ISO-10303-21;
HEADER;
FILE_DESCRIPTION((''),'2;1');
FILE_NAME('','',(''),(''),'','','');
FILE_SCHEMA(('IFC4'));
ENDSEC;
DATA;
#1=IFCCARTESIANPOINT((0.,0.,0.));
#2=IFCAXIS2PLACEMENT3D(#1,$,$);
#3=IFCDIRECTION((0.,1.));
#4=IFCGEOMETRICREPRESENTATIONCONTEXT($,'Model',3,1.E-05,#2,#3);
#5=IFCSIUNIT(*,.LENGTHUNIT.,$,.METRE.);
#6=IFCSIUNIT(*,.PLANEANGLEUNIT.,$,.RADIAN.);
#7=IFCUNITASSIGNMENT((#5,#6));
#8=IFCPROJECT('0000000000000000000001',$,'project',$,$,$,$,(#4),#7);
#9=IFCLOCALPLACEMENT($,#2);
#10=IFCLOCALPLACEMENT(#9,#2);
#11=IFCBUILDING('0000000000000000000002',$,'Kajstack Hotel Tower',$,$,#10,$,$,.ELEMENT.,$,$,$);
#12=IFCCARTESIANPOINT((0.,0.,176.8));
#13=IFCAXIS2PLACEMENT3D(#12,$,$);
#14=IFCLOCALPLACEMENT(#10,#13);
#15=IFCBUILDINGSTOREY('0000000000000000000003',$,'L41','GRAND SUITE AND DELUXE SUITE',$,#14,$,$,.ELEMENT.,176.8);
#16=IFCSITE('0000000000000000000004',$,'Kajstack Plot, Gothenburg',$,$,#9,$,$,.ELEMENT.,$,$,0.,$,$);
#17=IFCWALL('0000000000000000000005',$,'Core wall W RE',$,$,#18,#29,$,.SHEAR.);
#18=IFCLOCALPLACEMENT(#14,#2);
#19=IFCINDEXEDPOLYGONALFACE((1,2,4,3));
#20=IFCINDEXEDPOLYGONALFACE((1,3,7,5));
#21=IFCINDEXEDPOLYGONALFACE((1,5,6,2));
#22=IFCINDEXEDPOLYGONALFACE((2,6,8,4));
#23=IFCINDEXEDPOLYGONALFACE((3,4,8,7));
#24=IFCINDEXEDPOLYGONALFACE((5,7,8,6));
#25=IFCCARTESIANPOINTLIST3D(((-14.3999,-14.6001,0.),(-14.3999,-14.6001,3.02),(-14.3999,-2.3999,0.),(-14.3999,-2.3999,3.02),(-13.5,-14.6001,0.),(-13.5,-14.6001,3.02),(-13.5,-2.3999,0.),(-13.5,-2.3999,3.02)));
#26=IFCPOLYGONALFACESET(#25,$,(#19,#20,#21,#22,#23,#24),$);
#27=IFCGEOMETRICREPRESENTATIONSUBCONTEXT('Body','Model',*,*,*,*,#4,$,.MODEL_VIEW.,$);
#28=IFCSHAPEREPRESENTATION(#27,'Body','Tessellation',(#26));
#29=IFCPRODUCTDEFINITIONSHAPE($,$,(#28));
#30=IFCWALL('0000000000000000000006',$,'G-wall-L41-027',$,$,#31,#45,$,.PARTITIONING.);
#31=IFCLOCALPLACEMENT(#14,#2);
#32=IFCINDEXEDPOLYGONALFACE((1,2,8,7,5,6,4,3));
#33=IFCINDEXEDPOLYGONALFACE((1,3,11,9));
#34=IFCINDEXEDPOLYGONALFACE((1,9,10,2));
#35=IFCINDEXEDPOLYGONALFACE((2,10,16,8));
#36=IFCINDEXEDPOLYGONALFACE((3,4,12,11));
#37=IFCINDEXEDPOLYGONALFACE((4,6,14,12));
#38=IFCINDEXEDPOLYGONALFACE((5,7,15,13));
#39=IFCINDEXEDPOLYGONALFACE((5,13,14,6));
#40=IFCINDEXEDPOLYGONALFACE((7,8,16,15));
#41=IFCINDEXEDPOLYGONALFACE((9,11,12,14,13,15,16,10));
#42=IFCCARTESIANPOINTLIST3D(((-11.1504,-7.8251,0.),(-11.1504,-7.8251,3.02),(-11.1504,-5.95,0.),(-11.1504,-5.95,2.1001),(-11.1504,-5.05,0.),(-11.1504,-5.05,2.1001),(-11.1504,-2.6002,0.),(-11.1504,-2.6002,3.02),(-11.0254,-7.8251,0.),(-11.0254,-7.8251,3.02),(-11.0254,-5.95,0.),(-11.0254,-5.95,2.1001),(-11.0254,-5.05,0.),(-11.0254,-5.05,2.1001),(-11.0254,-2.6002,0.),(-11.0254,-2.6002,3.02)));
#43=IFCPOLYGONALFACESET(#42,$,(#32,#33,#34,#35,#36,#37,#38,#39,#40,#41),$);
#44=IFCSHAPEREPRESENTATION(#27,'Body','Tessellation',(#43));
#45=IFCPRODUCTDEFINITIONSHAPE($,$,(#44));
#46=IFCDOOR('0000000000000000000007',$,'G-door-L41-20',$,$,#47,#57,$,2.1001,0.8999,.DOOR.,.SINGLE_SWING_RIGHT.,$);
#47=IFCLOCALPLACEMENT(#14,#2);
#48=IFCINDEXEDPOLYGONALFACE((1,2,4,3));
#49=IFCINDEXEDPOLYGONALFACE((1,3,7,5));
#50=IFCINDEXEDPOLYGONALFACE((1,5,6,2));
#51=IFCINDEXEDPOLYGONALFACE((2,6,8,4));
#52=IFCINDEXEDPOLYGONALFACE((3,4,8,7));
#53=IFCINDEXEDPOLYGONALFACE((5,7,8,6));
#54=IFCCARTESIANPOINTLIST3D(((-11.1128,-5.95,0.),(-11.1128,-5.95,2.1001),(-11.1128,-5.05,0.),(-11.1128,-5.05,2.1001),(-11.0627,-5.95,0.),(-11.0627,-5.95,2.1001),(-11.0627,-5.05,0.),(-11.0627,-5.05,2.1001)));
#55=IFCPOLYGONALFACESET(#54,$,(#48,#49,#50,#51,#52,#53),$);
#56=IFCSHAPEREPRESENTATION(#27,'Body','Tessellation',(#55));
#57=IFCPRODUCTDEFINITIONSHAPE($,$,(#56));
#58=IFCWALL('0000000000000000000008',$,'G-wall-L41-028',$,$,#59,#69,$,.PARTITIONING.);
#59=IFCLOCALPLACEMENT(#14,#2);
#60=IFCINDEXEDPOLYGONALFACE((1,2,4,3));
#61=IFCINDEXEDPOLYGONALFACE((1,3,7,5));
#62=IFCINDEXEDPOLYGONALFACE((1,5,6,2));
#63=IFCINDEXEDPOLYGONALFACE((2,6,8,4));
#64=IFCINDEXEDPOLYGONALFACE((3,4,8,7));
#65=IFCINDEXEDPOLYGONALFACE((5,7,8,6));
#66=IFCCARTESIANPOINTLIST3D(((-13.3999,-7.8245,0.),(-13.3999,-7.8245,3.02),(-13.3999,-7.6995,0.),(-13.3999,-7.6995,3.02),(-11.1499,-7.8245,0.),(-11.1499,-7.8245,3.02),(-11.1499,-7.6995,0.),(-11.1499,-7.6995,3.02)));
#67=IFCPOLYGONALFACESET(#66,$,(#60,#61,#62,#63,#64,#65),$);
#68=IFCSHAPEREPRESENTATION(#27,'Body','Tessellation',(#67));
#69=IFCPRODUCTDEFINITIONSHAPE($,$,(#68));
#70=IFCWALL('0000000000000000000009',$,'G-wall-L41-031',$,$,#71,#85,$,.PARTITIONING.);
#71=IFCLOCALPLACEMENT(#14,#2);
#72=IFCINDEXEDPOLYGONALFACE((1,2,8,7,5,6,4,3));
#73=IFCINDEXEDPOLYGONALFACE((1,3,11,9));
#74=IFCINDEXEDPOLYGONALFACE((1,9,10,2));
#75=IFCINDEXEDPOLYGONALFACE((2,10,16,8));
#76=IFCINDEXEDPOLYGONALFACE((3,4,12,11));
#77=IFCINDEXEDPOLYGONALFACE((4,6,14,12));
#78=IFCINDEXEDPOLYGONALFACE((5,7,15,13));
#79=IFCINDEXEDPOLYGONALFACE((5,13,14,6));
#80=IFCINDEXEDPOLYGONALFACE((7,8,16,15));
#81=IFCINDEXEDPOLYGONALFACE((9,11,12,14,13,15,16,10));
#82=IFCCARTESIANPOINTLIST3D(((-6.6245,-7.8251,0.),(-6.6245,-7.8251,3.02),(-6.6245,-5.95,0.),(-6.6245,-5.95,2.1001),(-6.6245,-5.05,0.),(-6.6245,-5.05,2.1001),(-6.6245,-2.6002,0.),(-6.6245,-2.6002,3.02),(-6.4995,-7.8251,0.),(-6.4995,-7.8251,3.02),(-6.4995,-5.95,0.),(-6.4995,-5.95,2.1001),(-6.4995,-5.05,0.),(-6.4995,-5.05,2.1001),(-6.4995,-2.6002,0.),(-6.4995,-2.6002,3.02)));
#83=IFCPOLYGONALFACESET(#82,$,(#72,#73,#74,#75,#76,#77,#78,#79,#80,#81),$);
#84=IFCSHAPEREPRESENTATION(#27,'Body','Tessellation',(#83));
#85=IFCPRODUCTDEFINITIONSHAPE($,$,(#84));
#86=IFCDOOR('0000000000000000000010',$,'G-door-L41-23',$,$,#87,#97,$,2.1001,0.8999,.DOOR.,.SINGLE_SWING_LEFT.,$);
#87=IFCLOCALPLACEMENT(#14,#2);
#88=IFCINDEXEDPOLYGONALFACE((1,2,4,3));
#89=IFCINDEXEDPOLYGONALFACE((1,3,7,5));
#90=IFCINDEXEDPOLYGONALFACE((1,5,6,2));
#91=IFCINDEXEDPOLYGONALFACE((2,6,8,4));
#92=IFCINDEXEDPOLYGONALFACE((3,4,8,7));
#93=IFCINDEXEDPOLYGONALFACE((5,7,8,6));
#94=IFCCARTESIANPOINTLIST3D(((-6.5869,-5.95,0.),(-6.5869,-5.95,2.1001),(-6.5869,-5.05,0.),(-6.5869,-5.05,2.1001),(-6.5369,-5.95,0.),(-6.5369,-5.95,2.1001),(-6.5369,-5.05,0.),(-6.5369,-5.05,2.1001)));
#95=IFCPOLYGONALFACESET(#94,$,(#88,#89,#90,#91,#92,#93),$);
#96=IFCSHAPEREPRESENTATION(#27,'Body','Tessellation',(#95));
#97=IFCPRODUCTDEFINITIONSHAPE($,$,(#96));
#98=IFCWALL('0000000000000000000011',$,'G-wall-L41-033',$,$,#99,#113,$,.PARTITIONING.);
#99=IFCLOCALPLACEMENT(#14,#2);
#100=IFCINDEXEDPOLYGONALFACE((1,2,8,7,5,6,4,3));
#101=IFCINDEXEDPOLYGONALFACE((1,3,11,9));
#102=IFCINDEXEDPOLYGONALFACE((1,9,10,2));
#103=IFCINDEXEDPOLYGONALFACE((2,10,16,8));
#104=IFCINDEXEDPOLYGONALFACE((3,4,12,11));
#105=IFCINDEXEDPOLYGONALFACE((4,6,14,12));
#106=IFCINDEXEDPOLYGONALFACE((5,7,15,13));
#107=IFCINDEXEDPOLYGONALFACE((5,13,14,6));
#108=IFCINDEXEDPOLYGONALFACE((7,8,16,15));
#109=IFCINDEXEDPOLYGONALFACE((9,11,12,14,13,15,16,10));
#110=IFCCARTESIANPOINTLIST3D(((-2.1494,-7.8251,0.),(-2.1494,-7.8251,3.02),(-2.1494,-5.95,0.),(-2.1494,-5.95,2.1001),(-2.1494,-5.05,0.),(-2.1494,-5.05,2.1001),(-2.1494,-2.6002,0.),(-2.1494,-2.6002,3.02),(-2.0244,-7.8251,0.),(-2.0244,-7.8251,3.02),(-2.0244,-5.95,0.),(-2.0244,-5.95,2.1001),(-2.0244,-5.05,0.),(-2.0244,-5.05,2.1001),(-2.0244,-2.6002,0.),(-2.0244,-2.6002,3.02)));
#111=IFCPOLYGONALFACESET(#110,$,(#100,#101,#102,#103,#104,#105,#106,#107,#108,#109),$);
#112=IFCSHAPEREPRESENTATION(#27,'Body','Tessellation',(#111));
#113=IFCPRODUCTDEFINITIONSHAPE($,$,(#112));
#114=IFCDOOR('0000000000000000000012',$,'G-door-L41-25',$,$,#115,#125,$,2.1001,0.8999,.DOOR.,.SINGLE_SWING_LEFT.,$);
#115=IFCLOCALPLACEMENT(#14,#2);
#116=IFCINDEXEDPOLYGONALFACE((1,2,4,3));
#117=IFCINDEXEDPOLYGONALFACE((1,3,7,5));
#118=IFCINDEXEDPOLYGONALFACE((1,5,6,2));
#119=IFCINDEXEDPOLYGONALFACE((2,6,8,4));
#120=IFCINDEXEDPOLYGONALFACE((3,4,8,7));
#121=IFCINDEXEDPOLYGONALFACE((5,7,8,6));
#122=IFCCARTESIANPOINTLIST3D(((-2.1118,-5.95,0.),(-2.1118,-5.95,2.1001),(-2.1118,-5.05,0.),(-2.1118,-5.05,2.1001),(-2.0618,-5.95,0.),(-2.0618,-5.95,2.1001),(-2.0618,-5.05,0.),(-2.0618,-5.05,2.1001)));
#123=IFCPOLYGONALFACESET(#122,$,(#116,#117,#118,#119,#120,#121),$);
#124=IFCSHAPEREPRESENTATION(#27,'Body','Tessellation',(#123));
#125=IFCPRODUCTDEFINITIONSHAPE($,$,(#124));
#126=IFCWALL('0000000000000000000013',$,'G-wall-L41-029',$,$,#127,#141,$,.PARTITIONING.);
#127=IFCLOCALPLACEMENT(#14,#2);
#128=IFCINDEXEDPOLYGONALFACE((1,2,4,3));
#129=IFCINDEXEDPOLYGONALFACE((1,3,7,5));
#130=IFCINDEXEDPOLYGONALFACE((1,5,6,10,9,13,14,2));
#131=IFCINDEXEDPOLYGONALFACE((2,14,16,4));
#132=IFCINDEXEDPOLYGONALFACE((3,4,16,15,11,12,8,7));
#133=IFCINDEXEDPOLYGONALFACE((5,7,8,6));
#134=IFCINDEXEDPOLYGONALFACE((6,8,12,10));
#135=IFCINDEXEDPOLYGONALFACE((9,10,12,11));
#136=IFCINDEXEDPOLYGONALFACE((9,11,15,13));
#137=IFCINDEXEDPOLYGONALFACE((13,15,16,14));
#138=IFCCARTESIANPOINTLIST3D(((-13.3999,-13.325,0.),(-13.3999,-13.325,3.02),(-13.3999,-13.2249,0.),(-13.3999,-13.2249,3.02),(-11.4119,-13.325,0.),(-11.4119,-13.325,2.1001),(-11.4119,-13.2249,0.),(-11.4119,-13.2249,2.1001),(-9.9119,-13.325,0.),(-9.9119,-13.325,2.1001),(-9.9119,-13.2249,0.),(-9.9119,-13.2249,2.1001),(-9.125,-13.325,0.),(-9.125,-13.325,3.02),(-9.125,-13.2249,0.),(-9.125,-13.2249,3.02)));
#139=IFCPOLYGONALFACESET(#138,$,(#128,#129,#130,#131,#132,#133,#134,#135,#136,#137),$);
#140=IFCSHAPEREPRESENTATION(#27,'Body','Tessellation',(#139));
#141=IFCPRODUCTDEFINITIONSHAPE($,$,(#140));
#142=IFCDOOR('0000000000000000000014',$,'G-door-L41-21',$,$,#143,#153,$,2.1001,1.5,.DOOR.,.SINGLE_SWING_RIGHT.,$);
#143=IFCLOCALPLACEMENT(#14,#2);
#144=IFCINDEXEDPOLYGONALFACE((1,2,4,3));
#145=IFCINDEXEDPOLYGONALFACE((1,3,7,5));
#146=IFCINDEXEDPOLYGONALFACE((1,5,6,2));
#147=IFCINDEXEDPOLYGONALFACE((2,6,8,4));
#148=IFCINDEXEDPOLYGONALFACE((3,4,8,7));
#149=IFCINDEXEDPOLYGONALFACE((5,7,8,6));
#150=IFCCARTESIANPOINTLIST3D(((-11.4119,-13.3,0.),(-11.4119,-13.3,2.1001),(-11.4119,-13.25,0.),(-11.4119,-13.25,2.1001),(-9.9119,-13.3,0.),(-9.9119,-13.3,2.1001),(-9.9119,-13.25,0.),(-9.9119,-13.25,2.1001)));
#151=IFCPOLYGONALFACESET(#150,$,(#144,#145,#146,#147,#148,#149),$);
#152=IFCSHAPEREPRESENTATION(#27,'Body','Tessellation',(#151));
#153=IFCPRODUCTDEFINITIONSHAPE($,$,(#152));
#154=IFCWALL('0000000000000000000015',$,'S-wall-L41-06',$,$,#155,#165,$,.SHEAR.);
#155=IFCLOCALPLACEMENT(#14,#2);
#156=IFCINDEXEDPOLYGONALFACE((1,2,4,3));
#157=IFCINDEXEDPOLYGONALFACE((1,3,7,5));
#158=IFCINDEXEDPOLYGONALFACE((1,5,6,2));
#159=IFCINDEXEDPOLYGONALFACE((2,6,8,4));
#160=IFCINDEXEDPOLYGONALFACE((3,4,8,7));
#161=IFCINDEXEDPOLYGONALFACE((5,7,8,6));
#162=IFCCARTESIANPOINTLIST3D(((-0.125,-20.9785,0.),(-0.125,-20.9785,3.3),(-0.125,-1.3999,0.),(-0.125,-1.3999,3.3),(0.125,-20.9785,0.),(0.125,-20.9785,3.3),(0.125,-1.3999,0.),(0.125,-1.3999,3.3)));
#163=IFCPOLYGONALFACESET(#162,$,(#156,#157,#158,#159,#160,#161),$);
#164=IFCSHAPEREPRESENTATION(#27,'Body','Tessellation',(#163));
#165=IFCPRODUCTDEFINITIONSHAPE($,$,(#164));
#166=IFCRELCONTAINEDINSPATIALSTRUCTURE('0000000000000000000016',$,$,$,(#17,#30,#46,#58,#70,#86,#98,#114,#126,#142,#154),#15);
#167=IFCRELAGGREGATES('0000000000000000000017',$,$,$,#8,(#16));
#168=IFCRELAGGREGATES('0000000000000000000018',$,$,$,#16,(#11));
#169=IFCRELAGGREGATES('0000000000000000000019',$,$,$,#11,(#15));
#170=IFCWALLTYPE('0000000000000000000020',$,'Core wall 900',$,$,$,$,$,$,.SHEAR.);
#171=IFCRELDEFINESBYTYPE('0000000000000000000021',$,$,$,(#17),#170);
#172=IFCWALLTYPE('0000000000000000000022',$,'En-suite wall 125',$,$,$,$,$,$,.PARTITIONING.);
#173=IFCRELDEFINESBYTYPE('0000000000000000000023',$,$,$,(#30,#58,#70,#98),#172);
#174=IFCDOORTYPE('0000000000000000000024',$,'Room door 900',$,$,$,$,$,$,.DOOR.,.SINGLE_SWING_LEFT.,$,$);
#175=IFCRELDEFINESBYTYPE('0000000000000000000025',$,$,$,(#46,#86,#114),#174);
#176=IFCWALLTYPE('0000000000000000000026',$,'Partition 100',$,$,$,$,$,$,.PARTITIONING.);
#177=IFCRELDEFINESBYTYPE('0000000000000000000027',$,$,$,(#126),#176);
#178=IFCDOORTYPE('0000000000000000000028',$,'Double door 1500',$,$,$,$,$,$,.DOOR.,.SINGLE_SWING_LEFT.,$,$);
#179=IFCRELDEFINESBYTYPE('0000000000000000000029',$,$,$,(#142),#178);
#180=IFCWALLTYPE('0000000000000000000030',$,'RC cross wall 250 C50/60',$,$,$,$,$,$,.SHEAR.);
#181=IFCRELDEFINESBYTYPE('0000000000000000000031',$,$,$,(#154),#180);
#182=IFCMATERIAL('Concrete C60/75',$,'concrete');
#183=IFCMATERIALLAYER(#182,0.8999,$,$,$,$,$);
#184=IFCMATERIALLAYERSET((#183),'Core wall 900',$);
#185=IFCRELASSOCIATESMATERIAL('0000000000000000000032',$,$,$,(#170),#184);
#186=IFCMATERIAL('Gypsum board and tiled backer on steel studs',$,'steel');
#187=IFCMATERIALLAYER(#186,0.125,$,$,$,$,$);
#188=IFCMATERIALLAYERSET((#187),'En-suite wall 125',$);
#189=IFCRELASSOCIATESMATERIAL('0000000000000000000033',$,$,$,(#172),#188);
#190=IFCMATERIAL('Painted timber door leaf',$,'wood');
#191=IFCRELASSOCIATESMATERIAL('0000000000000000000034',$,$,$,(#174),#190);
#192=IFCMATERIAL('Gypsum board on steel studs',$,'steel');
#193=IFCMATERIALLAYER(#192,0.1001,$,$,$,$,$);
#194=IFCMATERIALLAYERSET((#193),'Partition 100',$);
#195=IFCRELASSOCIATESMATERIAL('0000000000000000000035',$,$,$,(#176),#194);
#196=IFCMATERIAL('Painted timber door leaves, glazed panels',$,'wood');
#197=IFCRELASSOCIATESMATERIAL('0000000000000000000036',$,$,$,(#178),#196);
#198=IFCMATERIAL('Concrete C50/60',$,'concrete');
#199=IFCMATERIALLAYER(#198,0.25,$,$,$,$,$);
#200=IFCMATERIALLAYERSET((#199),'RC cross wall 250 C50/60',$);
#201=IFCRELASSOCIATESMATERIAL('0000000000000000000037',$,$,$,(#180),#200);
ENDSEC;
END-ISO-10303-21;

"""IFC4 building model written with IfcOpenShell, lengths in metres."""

from ifc_helpers import new_model, si_unit, direction, frame, frame_2d, origin, place, context, subcontext, project, spatial, rectangle, extrude, material, layer, layer_set, type_object, element, fill, save


model = new_model("IFC4")

# Units and contexts
model_context = context("Model", 3, precision=1e-05, world=origin(), true_north=direction((0.0, 1.0)))
body_context = subcontext(model_context, "Body", "Model", "MODEL_VIEW")
ifc_project = project(units=[si_unit("LENGTHUNIT", "METRE"), si_unit("PLANEANGLEUNIT", "RADIAN")], contexts=[model_context])

# Site, building, storey
site_placement = place(None, origin())
site = spatial("IfcSite", under=ifc_project, at=site_placement, Name="Kajstack Plot, Gothenburg", CompositionType="ELEMENT", RefElevation=0.0)
building_placement = place(site_placement, origin())
building = spatial("IfcBuilding", under=site, at=building_placement, Name="Kajstack Hotel Tower", CompositionType="ELEMENT")
storey_placement = place(building_placement, frame((0.0, 0.0, 176.8)))
storey = spatial("IfcBuildingStorey", under=building, at=storey_placement, Name="L41", Description="GRAND SUITE AND DELUXE SUITE", CompositionType="ELEMENT", Elevation=176.8)

# Wall
ifc_material_1 = material(Name="Concrete C60/75", Category="concrete")
ifc_layer_1 = layer(ifc_material_1, 0.8999)
ifc_layer_set_1 = layer_set([ifc_layer_1], Name="Core wall 900")
wall_type_1 = type_object("IfcWallType", Name="Core wall 900", PredefinedType="SHEAR", material=ifc_layer_set_1)
wall_1_placement = place(storey_placement, frame((-13.95, -14.6001, 0.0), z_axis=(0.0, 0.0, 1.0), x_axis=(0.0, 1.0, 0.0)))
element("IfcWall", 1, at=wall_1_placement, inside=storey, type_object=wall_type_1, Name="Core wall W RE", PredefinedType="SHEAR", context=body_context, shape_type="SweptSolid", body=[
    extrude(rectangle(XDim=12.2002, YDim=0.8999, at=frame_2d((6.1001, 0.0))), origin(), (0.0, 0.0, 1.0), 3.02),
])

# Wall, opening, door
ifc_material_2 = material(Name="Gypsum board and tiled backer on steel studs", Category="steel")
ifc_layer_2 = layer(ifc_material_2, 0.125)
ifc_layer_set_2 = layer_set([ifc_layer_2], Name="En-suite wall 125")
wall_type_2 = type_object("IfcWallType", Name="En-suite wall 125", PredefinedType="PARTITIONING", material=ifc_layer_set_2)
wall_2_placement = place(storey_placement, frame((-11.0879, -7.825, 0.0), z_axis=(0.0, 0.0, 1.0), x_axis=(0.0, 1.0, 0.0)))
wall_2 = element("IfcWall", 2, at=wall_2_placement, inside=storey, type_object=wall_type_2, Name="G-wall-L41-027", PredefinedType="PARTITIONING", context=body_context, shape_type="SweptSolid", body=[
    extrude(rectangle(XDim=5.2249, YDim=0.125, at=frame_2d((2.6123, 0.0))), origin(), (0.0, 0.0, 1.0), 3.02),
])
opening_1_placement = place(wall_2_placement, frame((1.875, 0.0, 0.0)))
opening_1 = element("IfcOpeningElement", 3, at=opening_1_placement, cuts=wall_2, PredefinedType="OPENING", context=body_context, shape_type="SweptSolid", body=[
    extrude(rectangle(XDim=0.8999, YDim=2.1001, at=frame_2d((0.45, 1.05))), frame((0.0, 0.0725, 0.0), z_axis=(0.0, -1.0, 0.0), x_axis=(1.0, 0.0, 0.0)), (0.0, 0.0, 1.0), 0.145),
])
ifc_material_3 = material(Name="Painted timber door leaf", Category="wood")
door_type_1 = type_object("IfcDoorType", Name="Room door 900", OperationType="SINGLE_SWING_LEFT", PredefinedType="DOOR", material=ifc_material_3)
door_1_placement = place(opening_1_placement, origin())
door_1 = element("IfcDoor", 4, at=door_1_placement, inside=storey, type_object=door_type_1, Name="G-door-L41-20", OperationType="SINGLE_SWING_RIGHT", OverallHeight=2.1001, OverallWidth=0.8999, PredefinedType="DOOR", context=body_context, shape_type="SweptSolid", body=[
    extrude(rectangle(XDim=0.8999, YDim=2.1001, at=frame_2d((0.45, 1.05))), frame((0.0, 0.0249, 0.0), z_axis=(0.0, -1.0, 0.0), x_axis=(1.0, 0.0, 0.0)), (0.0, 0.0, 1.0), 0.05),
])
fill(opening_1, door_1)

# Wall
wall_3_placement = place(storey_placement, frame((-13.3999, -7.762, 0.0), z_axis=(0.0, 0.0, 1.0), x_axis=(1.0, 0.0, 0.0)))
element("IfcWall", 5, at=wall_3_placement, inside=storey, type_object=wall_type_2, Name="G-wall-L41-028", PredefinedType="PARTITIONING", context=body_context, shape_type="SweptSolid", body=[
    extrude(rectangle(XDim=2.25, YDim=0.125, at=frame_2d((1.125, 0.0))), origin(), (0.0, 0.0, 1.0), 3.02),
])

# Walls, openings, doors
wall_4_placement = place(storey_placement, frame((-6.562, -7.825, 0.0), z_axis=(0.0, 0.0, 1.0), x_axis=(0.0, 1.0, 0.0)))
wall_4 = element("IfcWall", 6, at=wall_4_placement, inside=storey, type_object=wall_type_2, Name="G-wall-L41-031", PredefinedType="PARTITIONING", context=body_context, shape_type="SweptSolid", body=[
    extrude(rectangle(XDim=5.2249, YDim=0.125, at=frame_2d((2.6123, 0.0))), origin(), (0.0, 0.0, 1.0), 3.02),
])
opening_2_placement = place(wall_4_placement, frame((1.875, 0.0, 0.0)))
opening_2 = element("IfcOpeningElement", 7, at=opening_2_placement, cuts=wall_4, PredefinedType="OPENING", context=body_context, shape_type="SweptSolid", body=[
    extrude(rectangle(XDim=0.8999, YDim=2.1001, at=frame_2d((0.45, 1.05))), frame((0.0, 0.0725, 0.0), z_axis=(0.0, -1.0, 0.0), x_axis=(1.0, 0.0, 0.0)), (0.0, 0.0, 1.0), 0.145),
])
door_2_placement = place(opening_2_placement, origin())
door_2 = element("IfcDoor", 8, at=door_2_placement, inside=storey, type_object=door_type_1, Name="G-door-L41-23", OperationType="SINGLE_SWING_LEFT", OverallHeight=2.1001, OverallWidth=0.8999, PredefinedType="DOOR", context=body_context, shape_type="SweptSolid", body=[
    extrude(rectangle(XDim=0.8999, YDim=2.1001, at=frame_2d((0.45, 1.05))), frame((0.0, 0.0249, 0.0), z_axis=(0.0, -1.0, 0.0), x_axis=(1.0, 0.0, 0.0)), (0.0, 0.0, 1.0), 0.05),
])
fill(opening_2, door_2)
wall_5_placement = place(storey_placement, frame((-2.0869, -7.825, 0.0), z_axis=(0.0, 0.0, 1.0), x_axis=(0.0, 1.0, 0.0)))
wall_5 = element("IfcWall", 9, at=wall_5_placement, inside=storey, type_object=wall_type_2, Name="G-wall-L41-033", PredefinedType="PARTITIONING", context=body_context, shape_type="SweptSolid", body=[
    extrude(rectangle(XDim=5.2249, YDim=0.125, at=frame_2d((2.6123, 0.0))), origin(), (0.0, 0.0, 1.0), 3.02),
])
opening_3_placement = place(wall_5_placement, frame((1.875, 0.0, 0.0)))
opening_3 = element("IfcOpeningElement", 10, at=opening_3_placement, cuts=wall_5, PredefinedType="OPENING", context=body_context, shape_type="SweptSolid", body=[
    extrude(rectangle(XDim=0.8999, YDim=2.1001, at=frame_2d((0.45, 1.05))), frame((0.0, 0.0725, 0.0), z_axis=(0.0, -1.0, 0.0), x_axis=(1.0, 0.0, 0.0)), (0.0, 0.0, 1.0), 0.145),
])
door_3_placement = place(opening_3_placement, origin())
door_3 = element("IfcDoor", 11, at=door_3_placement, inside=storey, type_object=door_type_1, Name="G-door-L41-25", OperationType="SINGLE_SWING_LEFT", OverallHeight=2.1001, OverallWidth=0.8999, PredefinedType="DOOR", context=body_context, shape_type="SweptSolid", body=[
    extrude(rectangle(XDim=0.8999, YDim=2.1001, at=frame_2d((0.45, 1.05))), frame((0.0, 0.0249, 0.0), z_axis=(0.0, -1.0, 0.0), x_axis=(1.0, 0.0, 0.0)), (0.0, 0.0, 1.0), 0.05),
])
fill(opening_3, door_3)
ifc_material_4 = material(Name="Gypsum board on steel studs", Category="steel")
ifc_layer_3 = layer(ifc_material_4, 0.1001)
ifc_layer_set_3 = layer_set([ifc_layer_3], Name="Partition 100")
wall_type_3 = type_object("IfcWallType", Name="Partition 100", PredefinedType="PARTITIONING", material=ifc_layer_set_3)
wall_6_placement = place(storey_placement, frame((-13.3999, -13.2749, 0.0), z_axis=(0.0, 0.0, 1.0), x_axis=(1.0, 0.0, 0.0)))
wall_6 = element("IfcWall", 12, at=wall_6_placement, inside=storey, type_object=wall_type_3, Name="G-wall-L41-029", PredefinedType="PARTITIONING", context=body_context, shape_type="SweptSolid", body=[
    extrude(rectangle(XDim=4.2749, YDim=0.1001, at=frame_2d((2.1375, 0.0))), origin(), (0.0, 0.0, 1.0), 3.02),
])
opening_4_placement = place(wall_6_placement, frame((1.988, 0.0, 0.0)))
opening_4 = element("IfcOpeningElement", 13, at=opening_4_placement, cuts=wall_6, PredefinedType="OPENING", context=body_context, shape_type="SweptSolid", body=[
    extrude(rectangle(XDim=1.5, YDim=2.1001, at=frame_2d((0.75, 1.05))), frame((0.0, 0.0601, 0.0), z_axis=(0.0, -1.0, 0.0), x_axis=(1.0, 0.0, 0.0)), (0.0, 0.0, 1.0), 0.1201),
])
ifc_material_5 = material(Name="Painted timber door leaves, glazed panels", Category="wood")
door_type_2 = type_object("IfcDoorType", Name="Double door 1500", OperationType="SINGLE_SWING_LEFT", PredefinedType="DOOR", material=ifc_material_5)
door_4_placement = place(opening_4_placement, origin())
door_4 = element("IfcDoor", 14, at=door_4_placement, inside=storey, type_object=door_type_2, Name="G-door-L41-21", OperationType="SINGLE_SWING_RIGHT", OverallHeight=2.1001, OverallWidth=1.5, PredefinedType="DOOR", context=body_context, shape_type="SweptSolid", body=[
    extrude(rectangle(XDim=1.5, YDim=2.1001, at=frame_2d((0.75, 1.05))), frame((0.0, 0.0249, 0.0), z_axis=(0.0, -1.0, 0.0), x_axis=(1.0, 0.0, 0.0)), (0.0, 0.0, 1.0), 0.05),
])
fill(opening_4, door_4)

# Wall
ifc_material_6 = material(Name="Concrete C50/60", Category="concrete")
ifc_layer_4 = layer(ifc_material_6, 0.25)
ifc_layer_set_4 = layer_set([ifc_layer_4], Name="RC cross wall 250 C50/60")
wall_type_4 = type_object("IfcWallType", Name="RC cross wall 250 C50/60", PredefinedType="SHEAR", material=ifc_layer_set_4)
wall_7_placement = place(storey_placement, frame((0.0, -20.9785, 0.0), z_axis=(0.0, 0.0, 1.0), x_axis=(0.0, 1.0, 0.0)))
element("IfcWall", 15, at=wall_7_placement, inside=storey, type_object=wall_type_4, Name="S-wall-L41-06", PredefinedType="SHEAR", context=body_context, shape_type="SweptSolid", body=[
    extrude(rectangle(XDim=19.5786, YDim=0.25, at=frame_2d((9.7893, 0.0))), origin(), (0.0, 0.0, 1.0), 3.3),
])

save(model, "model.ifc")
